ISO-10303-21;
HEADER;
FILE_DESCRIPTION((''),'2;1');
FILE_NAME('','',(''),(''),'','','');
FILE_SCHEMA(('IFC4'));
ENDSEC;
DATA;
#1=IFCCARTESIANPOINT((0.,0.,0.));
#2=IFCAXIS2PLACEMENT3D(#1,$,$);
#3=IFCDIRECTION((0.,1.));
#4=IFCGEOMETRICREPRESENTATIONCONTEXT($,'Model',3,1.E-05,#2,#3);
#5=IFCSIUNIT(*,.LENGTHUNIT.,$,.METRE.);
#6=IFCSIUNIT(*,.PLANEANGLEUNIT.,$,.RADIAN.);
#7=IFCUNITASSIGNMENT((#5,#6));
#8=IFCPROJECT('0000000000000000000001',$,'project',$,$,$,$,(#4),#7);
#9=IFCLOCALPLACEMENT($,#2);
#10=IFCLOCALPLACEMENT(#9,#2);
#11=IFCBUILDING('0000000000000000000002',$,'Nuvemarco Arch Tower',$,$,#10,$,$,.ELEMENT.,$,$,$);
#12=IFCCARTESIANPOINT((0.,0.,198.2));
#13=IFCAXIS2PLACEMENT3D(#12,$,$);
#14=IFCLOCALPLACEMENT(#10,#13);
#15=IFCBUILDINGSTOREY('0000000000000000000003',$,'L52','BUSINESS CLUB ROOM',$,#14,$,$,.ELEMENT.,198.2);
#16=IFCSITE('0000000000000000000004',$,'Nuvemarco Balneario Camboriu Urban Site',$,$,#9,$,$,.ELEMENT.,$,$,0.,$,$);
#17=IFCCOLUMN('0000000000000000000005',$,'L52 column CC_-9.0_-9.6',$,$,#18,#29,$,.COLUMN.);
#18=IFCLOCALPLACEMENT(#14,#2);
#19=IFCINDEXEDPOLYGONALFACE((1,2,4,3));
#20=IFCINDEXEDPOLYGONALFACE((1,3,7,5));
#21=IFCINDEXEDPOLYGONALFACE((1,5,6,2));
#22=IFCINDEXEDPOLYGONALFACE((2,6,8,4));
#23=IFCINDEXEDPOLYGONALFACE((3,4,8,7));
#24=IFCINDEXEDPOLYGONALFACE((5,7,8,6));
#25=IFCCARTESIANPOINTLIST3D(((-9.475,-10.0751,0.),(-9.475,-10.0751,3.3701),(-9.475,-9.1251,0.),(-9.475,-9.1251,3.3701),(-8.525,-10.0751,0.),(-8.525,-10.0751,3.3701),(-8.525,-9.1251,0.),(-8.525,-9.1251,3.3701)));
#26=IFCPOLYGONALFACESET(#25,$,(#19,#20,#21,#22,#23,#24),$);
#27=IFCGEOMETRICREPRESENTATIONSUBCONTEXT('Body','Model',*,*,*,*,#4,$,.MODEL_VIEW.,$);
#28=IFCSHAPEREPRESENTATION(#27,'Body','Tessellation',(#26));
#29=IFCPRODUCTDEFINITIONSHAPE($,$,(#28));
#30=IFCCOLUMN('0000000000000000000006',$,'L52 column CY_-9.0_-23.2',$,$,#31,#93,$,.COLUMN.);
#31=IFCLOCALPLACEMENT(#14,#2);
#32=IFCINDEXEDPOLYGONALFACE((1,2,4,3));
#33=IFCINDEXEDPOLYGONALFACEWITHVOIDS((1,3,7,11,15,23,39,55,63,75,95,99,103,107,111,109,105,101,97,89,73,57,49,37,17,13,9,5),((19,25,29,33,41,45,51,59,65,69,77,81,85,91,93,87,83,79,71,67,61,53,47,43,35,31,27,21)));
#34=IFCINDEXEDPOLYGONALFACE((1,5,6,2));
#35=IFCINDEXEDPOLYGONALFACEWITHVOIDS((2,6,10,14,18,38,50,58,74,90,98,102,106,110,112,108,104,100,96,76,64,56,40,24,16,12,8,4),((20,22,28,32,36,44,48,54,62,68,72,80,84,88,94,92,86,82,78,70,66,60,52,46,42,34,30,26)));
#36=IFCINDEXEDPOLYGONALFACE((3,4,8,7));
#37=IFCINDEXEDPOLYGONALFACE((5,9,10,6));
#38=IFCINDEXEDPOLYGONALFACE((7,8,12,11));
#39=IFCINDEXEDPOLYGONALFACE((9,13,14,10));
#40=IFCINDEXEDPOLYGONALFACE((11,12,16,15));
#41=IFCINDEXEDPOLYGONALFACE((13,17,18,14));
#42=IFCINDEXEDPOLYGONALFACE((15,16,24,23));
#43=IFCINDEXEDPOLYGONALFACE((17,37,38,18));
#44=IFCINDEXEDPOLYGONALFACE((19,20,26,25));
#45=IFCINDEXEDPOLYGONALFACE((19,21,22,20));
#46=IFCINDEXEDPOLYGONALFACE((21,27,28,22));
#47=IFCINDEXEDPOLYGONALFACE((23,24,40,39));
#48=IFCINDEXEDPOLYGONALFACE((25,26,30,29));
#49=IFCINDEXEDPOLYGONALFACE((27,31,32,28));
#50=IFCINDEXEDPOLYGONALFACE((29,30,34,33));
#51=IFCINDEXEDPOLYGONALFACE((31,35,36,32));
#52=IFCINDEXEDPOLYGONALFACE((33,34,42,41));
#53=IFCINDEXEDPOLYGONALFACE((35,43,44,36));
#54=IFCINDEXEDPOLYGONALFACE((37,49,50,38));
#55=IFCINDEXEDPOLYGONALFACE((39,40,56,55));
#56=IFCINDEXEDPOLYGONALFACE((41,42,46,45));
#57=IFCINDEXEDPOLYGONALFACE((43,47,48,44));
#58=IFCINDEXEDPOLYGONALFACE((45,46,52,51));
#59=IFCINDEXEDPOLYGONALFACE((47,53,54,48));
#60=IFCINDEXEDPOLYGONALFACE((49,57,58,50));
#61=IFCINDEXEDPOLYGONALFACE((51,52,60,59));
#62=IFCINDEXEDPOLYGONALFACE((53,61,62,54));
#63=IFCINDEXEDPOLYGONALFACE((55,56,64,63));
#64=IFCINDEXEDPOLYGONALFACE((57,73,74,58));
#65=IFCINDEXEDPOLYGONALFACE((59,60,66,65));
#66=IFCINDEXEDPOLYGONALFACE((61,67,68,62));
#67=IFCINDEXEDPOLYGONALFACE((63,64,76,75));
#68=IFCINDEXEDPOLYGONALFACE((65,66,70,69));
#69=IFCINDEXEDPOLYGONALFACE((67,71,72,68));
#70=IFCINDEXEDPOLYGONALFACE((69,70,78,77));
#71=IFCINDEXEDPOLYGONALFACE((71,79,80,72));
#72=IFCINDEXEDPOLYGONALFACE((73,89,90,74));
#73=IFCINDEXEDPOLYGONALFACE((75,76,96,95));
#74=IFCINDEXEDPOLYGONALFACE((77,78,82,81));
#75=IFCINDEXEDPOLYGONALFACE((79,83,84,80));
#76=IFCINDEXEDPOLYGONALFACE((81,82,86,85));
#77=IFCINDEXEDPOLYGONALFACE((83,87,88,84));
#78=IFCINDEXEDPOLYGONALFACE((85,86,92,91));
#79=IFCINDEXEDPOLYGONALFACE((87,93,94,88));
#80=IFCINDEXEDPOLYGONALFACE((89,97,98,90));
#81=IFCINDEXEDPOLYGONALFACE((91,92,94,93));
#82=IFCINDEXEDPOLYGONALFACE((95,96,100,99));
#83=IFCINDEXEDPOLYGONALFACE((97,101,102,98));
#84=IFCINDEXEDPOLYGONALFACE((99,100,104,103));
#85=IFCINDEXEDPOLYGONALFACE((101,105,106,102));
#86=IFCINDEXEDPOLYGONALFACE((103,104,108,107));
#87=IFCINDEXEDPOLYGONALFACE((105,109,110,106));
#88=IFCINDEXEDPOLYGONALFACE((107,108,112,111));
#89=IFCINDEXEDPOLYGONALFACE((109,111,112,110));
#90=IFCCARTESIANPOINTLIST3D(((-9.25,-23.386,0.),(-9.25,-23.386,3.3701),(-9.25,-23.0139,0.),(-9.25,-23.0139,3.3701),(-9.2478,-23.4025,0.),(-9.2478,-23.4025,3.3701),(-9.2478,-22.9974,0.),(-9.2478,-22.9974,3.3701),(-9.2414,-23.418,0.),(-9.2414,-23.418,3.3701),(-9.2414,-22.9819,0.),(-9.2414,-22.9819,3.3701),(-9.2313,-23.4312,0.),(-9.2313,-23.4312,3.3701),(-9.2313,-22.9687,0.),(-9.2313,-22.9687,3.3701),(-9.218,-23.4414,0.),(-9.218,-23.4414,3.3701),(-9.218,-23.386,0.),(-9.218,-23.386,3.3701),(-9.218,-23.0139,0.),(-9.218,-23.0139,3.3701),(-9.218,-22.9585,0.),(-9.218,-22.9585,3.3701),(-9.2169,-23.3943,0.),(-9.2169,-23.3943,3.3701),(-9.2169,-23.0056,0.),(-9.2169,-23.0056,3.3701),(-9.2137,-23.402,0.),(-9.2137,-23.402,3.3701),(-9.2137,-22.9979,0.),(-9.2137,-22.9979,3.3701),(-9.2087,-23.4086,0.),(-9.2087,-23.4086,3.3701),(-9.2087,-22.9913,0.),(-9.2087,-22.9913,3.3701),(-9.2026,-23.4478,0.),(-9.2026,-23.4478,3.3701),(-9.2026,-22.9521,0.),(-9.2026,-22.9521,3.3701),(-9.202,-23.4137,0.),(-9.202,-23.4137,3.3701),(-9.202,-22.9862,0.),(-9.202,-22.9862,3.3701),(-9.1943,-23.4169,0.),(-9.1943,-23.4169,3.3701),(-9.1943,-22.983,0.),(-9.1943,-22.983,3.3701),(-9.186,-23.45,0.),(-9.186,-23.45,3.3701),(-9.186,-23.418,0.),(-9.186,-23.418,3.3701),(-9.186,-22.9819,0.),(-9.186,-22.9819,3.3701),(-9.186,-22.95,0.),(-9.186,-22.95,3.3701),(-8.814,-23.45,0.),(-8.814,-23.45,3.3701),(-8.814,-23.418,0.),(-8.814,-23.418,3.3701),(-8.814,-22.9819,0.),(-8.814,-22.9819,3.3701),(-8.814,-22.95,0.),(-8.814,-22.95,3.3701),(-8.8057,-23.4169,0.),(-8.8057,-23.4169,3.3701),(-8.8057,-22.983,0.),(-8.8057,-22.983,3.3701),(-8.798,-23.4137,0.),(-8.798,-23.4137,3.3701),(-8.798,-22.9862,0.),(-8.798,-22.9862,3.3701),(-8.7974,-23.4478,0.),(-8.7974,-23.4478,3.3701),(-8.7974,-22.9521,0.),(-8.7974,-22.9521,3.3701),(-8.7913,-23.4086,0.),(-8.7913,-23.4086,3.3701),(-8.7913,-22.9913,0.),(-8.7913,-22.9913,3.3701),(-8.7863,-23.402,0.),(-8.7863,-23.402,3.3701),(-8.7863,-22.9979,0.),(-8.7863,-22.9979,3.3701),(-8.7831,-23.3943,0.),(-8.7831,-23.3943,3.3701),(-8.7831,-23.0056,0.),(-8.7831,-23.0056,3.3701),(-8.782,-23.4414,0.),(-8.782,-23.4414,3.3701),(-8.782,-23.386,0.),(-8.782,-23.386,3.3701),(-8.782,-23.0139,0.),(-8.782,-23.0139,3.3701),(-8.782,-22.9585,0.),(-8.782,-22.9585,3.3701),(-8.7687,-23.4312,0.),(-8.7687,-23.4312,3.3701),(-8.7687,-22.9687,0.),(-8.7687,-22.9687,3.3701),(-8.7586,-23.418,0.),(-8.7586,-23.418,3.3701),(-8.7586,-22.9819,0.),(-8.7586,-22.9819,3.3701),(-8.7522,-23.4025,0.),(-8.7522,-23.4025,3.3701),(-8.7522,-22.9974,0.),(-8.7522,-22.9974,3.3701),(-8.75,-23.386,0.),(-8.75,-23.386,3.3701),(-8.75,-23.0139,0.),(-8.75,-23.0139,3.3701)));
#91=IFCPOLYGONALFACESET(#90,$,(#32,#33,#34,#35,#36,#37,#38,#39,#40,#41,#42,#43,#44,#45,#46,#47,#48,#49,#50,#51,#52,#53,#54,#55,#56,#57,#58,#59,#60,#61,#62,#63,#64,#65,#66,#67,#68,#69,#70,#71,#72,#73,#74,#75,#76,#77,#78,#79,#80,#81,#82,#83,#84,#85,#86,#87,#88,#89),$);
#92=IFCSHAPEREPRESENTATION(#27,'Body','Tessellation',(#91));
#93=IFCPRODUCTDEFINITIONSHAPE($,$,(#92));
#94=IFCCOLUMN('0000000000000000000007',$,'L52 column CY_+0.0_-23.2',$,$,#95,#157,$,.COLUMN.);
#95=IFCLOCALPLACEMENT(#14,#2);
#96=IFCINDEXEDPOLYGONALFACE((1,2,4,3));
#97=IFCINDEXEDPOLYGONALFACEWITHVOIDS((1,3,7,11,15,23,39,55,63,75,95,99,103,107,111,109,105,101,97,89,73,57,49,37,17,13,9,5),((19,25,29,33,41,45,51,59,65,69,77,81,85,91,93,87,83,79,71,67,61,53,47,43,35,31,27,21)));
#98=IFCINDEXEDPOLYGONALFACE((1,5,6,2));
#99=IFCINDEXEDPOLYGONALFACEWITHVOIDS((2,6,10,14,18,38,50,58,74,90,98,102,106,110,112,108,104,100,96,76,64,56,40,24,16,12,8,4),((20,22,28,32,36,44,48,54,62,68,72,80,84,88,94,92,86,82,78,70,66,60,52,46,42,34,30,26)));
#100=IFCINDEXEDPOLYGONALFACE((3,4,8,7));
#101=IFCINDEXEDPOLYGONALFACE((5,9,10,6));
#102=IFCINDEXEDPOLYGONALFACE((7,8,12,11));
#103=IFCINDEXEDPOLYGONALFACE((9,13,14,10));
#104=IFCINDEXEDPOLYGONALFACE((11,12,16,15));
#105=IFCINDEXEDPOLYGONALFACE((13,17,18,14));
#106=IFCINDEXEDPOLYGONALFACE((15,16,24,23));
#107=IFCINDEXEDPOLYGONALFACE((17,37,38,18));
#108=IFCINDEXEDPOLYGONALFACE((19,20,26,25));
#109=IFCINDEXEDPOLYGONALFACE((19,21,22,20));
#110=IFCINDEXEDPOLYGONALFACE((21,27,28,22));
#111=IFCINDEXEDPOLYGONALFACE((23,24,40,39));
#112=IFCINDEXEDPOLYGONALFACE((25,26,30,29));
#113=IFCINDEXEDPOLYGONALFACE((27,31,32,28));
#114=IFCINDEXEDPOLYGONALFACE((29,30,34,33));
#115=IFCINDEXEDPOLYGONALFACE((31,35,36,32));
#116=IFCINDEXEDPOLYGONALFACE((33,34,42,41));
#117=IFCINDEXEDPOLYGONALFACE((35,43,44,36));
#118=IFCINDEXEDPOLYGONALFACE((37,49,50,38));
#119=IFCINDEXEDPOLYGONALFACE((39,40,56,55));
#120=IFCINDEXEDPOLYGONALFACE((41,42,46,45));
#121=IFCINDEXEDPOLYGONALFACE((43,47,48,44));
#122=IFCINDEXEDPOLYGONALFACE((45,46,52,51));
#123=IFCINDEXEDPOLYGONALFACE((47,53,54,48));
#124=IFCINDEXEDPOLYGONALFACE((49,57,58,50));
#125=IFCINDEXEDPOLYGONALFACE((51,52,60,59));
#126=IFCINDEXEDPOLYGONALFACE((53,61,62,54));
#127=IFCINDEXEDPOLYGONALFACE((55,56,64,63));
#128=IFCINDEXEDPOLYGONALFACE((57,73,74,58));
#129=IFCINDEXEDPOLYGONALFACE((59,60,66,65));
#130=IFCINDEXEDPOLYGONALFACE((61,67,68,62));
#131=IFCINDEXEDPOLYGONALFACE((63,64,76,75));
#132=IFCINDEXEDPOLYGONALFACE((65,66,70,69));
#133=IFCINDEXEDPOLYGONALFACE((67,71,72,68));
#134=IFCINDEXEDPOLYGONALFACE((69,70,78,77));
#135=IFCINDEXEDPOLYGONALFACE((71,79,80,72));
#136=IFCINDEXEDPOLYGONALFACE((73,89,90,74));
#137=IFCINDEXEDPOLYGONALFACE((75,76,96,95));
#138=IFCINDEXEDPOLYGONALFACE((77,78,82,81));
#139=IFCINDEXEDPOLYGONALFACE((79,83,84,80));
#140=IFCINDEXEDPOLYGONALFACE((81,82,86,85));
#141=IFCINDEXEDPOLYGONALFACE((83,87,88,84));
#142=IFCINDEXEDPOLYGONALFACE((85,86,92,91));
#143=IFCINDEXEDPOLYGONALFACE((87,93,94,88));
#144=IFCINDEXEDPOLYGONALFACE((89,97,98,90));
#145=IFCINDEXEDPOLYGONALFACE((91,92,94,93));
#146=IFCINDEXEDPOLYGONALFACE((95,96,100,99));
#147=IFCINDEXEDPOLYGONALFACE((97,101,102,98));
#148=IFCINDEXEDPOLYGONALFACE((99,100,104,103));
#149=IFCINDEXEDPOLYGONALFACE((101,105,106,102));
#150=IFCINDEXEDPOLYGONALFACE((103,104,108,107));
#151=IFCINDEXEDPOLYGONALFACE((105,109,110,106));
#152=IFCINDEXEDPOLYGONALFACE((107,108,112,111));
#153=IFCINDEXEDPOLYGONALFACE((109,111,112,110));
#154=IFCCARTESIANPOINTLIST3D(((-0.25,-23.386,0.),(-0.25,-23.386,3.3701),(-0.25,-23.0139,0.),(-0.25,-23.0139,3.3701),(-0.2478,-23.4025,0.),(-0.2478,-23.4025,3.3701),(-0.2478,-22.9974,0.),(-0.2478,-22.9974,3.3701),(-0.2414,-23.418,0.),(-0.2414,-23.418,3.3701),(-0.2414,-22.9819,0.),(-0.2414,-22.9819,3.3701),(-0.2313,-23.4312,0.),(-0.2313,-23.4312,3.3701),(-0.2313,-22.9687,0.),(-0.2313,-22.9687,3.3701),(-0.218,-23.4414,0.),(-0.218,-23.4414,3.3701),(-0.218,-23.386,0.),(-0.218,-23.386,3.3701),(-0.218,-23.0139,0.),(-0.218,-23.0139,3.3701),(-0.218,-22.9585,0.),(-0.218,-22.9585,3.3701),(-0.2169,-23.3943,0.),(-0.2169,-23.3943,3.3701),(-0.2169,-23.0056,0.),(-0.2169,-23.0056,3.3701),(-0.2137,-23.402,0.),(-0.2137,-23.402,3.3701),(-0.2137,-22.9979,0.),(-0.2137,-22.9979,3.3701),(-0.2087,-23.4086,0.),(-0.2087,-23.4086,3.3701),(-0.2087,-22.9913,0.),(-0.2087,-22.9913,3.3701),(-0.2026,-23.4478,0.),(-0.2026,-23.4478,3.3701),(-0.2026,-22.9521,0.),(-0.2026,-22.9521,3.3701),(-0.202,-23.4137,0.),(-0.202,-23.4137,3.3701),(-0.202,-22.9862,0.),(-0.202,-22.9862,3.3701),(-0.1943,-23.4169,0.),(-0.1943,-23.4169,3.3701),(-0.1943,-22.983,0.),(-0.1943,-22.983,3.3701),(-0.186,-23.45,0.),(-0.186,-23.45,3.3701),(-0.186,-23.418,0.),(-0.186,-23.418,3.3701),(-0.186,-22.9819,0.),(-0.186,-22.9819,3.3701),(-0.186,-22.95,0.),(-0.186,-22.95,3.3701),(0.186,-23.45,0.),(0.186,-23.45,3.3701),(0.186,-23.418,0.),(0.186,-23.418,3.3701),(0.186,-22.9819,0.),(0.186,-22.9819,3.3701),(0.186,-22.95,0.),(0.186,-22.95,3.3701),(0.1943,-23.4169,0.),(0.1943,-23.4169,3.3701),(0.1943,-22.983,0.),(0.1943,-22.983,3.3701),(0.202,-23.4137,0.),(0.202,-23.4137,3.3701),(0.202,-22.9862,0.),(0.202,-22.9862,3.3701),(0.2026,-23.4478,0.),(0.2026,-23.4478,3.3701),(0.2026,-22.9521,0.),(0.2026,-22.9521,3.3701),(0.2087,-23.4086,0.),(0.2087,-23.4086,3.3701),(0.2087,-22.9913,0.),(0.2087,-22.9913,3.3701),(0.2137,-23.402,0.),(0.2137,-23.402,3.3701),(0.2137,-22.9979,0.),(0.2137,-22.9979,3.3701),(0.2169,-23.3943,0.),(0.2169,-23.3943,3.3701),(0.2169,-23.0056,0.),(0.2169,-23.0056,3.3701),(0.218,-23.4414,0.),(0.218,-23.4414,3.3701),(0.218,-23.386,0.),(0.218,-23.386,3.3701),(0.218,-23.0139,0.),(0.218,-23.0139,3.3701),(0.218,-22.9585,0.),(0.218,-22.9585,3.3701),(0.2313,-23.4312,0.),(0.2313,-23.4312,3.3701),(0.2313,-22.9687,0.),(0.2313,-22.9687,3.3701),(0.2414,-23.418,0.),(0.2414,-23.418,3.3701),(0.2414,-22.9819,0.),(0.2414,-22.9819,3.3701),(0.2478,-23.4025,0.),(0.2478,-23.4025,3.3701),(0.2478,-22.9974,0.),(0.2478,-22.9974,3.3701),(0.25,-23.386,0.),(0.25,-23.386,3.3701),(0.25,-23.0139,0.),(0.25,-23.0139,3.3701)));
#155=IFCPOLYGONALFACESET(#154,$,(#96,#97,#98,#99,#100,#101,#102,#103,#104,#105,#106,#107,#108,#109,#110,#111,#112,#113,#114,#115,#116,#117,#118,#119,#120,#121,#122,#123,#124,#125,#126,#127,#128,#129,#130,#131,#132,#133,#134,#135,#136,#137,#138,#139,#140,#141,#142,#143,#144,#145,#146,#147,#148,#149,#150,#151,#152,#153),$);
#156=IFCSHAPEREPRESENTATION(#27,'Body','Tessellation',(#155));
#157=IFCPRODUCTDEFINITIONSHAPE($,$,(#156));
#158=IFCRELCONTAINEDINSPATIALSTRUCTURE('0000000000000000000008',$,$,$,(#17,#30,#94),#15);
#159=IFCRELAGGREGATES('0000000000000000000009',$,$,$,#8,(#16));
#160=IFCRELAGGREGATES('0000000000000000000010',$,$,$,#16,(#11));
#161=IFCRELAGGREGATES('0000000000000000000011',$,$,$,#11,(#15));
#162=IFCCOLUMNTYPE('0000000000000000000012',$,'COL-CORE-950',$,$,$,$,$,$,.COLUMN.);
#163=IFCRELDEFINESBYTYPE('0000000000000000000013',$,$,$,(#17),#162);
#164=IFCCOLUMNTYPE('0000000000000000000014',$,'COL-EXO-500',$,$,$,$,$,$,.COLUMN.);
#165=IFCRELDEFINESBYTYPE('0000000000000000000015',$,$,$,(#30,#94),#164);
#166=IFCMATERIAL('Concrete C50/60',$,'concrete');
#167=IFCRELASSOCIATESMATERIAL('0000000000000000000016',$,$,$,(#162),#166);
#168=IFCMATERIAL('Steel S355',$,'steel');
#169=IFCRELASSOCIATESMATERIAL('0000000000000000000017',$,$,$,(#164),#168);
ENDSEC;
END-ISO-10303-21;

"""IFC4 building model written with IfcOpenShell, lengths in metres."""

from ifc_helpers import new_model, si_unit, direction, frame, origin, origin_2d, place, context, subcontext, project, spatial, rectangle, hollow_rectangle, extrude, material, material_profile, profile_set, type_object, element, save


model = new_model("IFC4")

# Units and contexts
model_context = context("Model", 3, precision=1e-05, world=origin(), true_north=direction((0.0, 1.0)))
body_context = subcontext(model_context, "Body", "Model", "MODEL_VIEW")
ifc_project = project(units=[si_unit("LENGTHUNIT", "METRE"), si_unit("PLANEANGLEUNIT", "RADIAN")], contexts=[model_context])

# Site, building, storey
site_placement = place(None, origin())
site = spatial("IfcSite", under=ifc_project, at=site_placement, Name="Nuvemarco Balneario Camboriu Urban Site", CompositionType="ELEMENT", RefElevation=0.0)
building_placement = place(site_placement, origin())
building = spatial("IfcBuilding", under=site, at=building_placement, Name="Nuvemarco Arch Tower", CompositionType="ELEMENT")
storey_placement = place(building_placement, frame((0.0, 0.0, 198.2)))
storey = spatial("IfcBuildingStorey", under=building, at=storey_placement, Name="L52", Description="BUSINESS CLUB ROOM", CompositionType="ELEMENT", Elevation=198.2)

# Columns
ifc_material_1 = material(Name="Concrete C50/60", Category="concrete")
ifc_material_profile_1 = material_profile(ifc_material_1, rectangle(XDim=0.95, YDim=0.95, at=origin_2d()), Name="RC-COL-950x950")
ifc_profile_set_1 = profile_set([ifc_material_profile_1], Name="Concrete C50/60")
column_type_1 = type_object("IfcColumnType", Name="COL-CORE-950", PredefinedType="COLUMN", material=ifc_profile_set_1)
column_1_placement = place(storey_placement, frame((-9.0, -9.6001, 0.0), z_axis=(0.0, 0.0, 1.0), x_axis=(1.0, 0.0, 0.0)))
element("IfcColumn", 1, at=column_1_placement, inside=storey, type_object=column_type_1, Name="L52 column CC_-9.0_-9.6", PredefinedType="COLUMN", context=body_context, shape_type="SweptSolid", body=[
    extrude(rectangle(XDim=0.95, YDim=0.95, at=origin_2d()), origin(), (0.0, 0.0, 1.0), 3.3701),
])
ifc_material_2 = material(Name="Steel S355", Category="steel")
ifc_material_profile_2 = material_profile(ifc_material_2, hollow_rectangle(XDim=0.5, YDim=0.5, WallThickness=0.032, InnerFilletRadius=0.032, OuterFilletRadius=0.064, at=origin_2d()), Name="SHS500x500x32")
ifc_profile_set_2 = profile_set([ifc_material_profile_2], Name="Steel S355")
column_type_2 = type_object("IfcColumnType", Name="COL-EXO-500", PredefinedType="COLUMN", material=ifc_profile_set_2)
for number, where, z_axis, x_axis, name in (
    (2, (-9.0, -23.2, 0.0), (0.0, 0.0, 1.0), (1.0, 0.0, 0.0), "L52 column CY_-9.0_-23.2"),
    (3, (0.0, -23.2, 0.0), (0.0, 0.0, 1.0), (1.0, 0.0, 0.0), "L52 column CY_+0.0_-23.2"),
):
    element("IfcColumn", number, at=place(storey_placement, frame(where, z_axis=z_axis, x_axis=x_axis)), inside=storey, type_object=column_type_2, Name=name, PredefinedType="COLUMN", context=body_context, shape_type="SweptSolid", body=[
        extrude(hollow_rectangle(XDim=0.5, YDim=0.5, WallThickness=0.032, InnerFilletRadius=0.032, OuterFilletRadius=0.064, at=origin_2d()), origin(), (0.0, 0.0, 1.0), 3.3701),
    ])

save(model, "model.ifc")
